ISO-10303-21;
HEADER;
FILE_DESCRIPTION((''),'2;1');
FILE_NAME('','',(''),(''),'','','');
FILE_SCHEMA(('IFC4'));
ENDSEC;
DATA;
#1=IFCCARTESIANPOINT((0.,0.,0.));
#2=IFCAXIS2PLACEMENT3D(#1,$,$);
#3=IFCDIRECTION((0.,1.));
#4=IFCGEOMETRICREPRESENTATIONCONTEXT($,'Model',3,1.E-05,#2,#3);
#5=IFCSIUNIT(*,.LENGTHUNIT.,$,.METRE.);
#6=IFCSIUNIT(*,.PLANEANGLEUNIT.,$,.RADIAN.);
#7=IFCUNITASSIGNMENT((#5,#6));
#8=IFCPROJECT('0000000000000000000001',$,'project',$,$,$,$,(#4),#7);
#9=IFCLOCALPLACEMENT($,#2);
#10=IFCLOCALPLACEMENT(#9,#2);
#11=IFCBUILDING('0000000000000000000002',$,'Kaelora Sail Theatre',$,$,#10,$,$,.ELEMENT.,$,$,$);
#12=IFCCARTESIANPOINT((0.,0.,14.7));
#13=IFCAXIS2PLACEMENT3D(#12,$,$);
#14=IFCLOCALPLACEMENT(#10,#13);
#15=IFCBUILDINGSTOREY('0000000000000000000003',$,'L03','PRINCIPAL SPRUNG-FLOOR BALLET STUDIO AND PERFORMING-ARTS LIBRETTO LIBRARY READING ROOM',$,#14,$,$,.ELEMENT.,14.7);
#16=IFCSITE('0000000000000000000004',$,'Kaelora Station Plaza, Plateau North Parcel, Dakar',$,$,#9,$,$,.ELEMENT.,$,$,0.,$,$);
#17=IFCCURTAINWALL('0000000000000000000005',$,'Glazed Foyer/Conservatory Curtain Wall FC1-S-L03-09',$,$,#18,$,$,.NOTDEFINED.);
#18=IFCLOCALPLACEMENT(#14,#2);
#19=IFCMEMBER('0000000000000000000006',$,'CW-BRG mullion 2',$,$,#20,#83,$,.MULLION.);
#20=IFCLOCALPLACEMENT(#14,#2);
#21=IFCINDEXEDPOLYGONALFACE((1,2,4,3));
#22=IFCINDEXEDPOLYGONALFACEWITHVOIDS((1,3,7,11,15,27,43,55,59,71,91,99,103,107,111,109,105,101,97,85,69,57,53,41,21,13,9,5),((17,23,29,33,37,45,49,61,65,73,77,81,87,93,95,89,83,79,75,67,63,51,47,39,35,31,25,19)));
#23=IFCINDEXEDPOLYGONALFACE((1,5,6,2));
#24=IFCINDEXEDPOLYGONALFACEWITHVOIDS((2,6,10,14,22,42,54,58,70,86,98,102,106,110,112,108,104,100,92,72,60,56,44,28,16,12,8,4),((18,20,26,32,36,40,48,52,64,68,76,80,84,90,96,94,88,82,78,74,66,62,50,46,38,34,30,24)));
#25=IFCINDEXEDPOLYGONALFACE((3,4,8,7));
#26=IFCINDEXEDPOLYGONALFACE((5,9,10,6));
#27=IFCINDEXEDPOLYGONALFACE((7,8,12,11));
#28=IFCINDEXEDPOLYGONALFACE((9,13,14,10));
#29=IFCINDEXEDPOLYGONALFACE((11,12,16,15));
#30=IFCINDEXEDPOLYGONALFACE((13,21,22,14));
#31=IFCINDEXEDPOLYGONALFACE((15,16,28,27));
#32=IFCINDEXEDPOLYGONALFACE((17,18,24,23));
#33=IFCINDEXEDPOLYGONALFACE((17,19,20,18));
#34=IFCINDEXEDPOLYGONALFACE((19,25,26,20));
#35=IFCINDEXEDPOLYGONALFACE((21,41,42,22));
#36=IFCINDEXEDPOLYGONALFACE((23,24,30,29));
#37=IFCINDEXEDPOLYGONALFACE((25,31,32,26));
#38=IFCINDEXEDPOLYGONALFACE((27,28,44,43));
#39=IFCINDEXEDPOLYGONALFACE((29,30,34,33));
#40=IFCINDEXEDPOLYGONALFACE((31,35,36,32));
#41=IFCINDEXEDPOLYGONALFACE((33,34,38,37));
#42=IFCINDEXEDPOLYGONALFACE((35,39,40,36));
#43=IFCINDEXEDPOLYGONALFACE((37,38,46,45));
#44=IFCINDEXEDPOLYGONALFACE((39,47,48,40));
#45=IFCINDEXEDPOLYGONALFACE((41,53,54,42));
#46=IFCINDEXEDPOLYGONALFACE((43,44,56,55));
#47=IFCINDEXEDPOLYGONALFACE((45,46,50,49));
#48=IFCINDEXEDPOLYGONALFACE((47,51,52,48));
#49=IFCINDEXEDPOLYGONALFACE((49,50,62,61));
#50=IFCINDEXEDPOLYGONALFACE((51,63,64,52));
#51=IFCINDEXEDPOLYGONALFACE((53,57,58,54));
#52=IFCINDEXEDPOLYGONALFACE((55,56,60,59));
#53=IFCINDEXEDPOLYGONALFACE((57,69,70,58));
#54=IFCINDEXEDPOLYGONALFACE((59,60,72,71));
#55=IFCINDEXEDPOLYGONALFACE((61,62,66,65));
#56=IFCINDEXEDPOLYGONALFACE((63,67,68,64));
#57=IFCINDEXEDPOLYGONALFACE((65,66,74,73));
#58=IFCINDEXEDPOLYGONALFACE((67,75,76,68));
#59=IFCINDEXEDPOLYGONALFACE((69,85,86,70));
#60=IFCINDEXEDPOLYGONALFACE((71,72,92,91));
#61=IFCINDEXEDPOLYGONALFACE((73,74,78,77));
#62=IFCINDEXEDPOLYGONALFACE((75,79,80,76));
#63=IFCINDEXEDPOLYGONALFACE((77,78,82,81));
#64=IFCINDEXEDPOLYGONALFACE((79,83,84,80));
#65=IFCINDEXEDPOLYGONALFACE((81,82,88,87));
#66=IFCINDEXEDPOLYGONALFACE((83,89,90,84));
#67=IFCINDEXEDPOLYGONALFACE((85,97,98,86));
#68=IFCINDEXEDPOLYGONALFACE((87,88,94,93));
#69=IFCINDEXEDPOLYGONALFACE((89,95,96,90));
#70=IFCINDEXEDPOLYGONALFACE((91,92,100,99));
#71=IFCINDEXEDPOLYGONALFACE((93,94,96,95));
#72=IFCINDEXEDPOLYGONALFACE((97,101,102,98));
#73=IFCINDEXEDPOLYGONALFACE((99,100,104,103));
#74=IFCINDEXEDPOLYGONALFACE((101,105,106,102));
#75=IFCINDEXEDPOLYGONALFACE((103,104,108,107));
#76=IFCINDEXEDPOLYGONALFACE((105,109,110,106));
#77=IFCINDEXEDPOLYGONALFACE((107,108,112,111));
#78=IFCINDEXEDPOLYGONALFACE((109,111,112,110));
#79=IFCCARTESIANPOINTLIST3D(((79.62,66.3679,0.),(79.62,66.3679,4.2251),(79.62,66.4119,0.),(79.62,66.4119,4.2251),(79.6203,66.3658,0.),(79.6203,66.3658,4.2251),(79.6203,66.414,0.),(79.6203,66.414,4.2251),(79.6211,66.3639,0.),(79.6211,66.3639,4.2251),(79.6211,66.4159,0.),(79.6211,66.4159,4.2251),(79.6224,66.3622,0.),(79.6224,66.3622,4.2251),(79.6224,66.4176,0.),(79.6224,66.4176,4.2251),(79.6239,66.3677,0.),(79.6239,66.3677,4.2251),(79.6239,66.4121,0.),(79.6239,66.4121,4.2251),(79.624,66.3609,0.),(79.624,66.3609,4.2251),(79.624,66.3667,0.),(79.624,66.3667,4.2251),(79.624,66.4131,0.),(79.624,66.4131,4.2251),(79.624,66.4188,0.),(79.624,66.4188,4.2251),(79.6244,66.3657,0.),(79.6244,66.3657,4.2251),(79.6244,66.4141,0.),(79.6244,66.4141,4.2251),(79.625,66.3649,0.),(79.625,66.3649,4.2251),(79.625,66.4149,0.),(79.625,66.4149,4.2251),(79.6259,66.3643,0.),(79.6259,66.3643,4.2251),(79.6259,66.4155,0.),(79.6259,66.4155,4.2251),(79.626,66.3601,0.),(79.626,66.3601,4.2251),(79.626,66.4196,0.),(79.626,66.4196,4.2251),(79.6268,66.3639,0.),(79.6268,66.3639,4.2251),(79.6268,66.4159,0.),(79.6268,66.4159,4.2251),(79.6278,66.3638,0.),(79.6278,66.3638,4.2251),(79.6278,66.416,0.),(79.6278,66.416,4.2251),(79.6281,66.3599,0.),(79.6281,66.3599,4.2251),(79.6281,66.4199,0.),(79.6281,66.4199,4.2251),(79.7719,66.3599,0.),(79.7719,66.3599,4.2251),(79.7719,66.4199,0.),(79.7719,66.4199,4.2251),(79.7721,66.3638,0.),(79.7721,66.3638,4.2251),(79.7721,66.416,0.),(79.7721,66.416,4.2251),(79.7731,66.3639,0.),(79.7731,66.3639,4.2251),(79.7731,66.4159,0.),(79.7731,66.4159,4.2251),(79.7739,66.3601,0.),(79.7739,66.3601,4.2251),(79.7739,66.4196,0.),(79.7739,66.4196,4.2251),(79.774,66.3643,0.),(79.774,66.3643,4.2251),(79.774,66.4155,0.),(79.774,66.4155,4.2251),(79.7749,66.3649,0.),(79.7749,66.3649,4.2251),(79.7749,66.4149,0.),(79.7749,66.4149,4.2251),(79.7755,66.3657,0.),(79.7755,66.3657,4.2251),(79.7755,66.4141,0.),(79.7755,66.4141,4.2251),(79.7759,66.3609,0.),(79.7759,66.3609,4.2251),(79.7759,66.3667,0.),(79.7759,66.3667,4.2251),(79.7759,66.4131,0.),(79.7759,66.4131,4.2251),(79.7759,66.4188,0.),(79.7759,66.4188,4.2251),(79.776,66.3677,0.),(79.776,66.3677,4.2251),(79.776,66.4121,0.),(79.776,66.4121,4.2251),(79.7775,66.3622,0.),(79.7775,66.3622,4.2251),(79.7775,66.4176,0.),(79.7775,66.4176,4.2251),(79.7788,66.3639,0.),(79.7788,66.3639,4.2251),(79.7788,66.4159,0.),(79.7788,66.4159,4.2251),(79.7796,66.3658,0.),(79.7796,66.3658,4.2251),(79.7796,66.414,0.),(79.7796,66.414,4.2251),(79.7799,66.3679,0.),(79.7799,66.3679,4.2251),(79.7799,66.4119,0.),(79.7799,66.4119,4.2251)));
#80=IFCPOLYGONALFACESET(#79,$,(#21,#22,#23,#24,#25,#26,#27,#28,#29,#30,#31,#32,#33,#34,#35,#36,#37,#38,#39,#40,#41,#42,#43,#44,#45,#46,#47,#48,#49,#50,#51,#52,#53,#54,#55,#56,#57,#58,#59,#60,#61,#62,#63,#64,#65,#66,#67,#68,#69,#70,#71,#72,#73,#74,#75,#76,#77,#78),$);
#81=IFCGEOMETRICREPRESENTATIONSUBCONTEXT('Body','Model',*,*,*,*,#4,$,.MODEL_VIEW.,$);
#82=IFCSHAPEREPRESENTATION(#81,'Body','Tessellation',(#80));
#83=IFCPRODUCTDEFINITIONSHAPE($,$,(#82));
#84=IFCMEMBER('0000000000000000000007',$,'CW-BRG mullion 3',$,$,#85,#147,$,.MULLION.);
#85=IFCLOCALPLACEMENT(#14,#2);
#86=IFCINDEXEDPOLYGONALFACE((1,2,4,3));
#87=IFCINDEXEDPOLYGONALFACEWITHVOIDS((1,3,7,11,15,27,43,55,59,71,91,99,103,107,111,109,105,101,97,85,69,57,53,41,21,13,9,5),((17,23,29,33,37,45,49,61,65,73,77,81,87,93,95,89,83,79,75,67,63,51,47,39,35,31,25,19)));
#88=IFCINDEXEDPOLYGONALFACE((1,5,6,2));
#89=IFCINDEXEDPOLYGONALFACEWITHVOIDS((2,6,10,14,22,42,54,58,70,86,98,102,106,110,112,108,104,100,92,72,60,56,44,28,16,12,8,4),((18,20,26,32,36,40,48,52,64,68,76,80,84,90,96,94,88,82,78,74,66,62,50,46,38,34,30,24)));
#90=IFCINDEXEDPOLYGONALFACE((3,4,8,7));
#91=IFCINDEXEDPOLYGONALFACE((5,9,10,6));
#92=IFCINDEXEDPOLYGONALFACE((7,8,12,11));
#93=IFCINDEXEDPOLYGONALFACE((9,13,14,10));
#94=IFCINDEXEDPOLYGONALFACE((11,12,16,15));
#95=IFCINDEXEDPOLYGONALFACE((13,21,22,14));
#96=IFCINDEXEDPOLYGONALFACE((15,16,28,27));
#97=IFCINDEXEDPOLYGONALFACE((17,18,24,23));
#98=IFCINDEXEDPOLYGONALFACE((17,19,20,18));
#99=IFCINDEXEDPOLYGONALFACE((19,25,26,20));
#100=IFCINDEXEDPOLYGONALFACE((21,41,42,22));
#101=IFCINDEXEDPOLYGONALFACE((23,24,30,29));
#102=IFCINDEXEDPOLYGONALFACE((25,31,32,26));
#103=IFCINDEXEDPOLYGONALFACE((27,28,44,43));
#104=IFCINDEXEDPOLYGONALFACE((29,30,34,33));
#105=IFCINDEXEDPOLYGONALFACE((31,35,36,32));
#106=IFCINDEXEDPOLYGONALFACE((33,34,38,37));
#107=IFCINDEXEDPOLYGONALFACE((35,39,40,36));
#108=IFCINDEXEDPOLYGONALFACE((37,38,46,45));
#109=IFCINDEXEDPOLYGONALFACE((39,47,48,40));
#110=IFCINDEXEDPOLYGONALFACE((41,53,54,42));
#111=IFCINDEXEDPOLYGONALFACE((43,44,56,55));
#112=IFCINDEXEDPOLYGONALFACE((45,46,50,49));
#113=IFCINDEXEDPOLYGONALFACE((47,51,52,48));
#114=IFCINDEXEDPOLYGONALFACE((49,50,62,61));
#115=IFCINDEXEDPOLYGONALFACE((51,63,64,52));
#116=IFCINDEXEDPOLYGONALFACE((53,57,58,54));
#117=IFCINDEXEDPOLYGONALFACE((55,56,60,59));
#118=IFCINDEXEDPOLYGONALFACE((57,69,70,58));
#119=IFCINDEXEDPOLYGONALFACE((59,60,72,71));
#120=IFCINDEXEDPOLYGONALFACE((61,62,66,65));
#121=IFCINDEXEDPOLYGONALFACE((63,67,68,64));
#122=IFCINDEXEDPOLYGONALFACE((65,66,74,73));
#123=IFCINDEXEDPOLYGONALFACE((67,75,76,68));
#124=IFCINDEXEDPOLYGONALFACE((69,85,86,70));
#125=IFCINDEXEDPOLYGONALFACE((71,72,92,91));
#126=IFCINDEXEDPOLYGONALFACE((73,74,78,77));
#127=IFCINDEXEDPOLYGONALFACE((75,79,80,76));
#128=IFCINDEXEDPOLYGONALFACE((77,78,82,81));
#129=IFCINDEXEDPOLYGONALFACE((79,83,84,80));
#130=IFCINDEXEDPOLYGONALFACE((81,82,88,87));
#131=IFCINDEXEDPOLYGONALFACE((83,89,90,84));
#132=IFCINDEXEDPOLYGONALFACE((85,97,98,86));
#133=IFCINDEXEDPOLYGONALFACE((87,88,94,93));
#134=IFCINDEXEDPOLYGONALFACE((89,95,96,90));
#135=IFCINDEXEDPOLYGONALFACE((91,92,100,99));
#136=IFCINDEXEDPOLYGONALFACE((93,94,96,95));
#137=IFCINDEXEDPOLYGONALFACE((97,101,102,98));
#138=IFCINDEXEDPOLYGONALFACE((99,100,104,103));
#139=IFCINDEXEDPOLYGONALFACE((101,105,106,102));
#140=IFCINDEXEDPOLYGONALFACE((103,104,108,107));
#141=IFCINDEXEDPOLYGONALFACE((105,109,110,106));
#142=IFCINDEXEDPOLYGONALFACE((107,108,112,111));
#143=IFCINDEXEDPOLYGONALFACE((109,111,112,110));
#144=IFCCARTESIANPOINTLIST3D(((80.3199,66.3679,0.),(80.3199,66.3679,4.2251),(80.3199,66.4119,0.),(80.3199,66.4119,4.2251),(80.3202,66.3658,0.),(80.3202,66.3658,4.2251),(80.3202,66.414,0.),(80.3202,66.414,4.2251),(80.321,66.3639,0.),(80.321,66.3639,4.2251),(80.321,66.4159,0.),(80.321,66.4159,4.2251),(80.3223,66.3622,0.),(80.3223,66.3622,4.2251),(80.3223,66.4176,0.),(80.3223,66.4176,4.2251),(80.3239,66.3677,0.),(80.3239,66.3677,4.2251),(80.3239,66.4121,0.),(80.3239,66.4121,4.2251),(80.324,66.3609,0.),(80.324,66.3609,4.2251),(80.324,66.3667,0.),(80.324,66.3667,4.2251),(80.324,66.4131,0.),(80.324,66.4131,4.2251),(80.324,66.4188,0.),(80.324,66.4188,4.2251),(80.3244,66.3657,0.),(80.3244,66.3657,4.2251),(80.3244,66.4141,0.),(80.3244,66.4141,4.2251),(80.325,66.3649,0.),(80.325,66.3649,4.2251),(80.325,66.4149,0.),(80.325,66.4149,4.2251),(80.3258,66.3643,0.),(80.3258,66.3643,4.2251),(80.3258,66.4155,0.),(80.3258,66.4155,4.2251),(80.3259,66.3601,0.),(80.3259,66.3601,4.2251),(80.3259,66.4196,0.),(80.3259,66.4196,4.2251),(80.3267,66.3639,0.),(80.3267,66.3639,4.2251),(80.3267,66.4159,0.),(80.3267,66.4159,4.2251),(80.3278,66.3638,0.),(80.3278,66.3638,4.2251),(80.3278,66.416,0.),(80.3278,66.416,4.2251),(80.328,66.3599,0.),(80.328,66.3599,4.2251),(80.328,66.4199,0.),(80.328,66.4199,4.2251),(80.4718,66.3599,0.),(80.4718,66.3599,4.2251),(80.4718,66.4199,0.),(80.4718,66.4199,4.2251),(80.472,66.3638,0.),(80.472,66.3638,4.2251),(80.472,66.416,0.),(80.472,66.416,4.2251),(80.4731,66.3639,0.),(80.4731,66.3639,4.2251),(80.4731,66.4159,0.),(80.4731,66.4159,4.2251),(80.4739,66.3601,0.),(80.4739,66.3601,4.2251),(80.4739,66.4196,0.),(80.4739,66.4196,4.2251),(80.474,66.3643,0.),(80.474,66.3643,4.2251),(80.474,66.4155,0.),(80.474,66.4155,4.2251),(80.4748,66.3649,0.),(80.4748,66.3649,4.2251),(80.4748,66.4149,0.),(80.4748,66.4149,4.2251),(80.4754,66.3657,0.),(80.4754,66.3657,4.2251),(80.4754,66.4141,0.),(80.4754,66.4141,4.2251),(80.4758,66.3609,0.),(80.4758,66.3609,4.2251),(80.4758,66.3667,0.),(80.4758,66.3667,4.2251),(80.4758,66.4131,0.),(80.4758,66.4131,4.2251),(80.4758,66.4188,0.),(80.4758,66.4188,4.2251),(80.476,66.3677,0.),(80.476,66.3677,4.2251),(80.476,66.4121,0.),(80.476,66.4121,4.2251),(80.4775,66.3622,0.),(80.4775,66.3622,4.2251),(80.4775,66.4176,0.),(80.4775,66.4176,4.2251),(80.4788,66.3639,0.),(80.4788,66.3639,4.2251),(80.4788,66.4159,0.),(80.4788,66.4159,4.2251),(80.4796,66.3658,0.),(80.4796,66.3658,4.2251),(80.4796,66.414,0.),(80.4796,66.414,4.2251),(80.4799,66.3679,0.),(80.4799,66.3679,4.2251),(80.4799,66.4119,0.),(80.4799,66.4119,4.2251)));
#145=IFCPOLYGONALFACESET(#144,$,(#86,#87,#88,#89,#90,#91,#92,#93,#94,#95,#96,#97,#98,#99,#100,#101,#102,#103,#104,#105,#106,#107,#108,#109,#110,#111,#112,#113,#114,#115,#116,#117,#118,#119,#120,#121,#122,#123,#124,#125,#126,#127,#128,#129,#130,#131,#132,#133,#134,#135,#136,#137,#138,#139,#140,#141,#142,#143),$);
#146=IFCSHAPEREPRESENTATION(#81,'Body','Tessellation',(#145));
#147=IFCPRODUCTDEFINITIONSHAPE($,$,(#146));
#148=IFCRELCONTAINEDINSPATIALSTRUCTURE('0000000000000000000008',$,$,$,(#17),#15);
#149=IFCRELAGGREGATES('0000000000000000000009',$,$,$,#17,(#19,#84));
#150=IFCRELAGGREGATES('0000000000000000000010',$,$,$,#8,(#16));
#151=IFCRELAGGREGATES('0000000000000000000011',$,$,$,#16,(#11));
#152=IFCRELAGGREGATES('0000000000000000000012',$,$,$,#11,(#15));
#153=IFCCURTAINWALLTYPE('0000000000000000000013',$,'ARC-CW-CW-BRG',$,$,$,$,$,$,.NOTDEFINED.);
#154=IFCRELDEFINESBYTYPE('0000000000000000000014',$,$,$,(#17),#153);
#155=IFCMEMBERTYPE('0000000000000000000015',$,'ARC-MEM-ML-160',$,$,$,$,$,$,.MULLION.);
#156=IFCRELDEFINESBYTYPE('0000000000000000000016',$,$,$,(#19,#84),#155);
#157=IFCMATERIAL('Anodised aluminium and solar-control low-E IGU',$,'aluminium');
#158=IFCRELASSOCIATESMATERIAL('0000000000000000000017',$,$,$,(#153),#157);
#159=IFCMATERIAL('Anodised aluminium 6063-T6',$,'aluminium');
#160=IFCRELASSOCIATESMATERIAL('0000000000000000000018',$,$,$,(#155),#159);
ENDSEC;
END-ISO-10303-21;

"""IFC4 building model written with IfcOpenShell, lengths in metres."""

from ifc_helpers import new_model, si_unit, direction, frame, origin, origin_2d, place, context, subcontext, project, spatial, hollow_rectangle, extrude, material, material_profile, profile_set, type_object, element, aggregate, save


model = new_model("IFC4")

# Units and contexts
model_context = context("Model", 3, precision=1e-05, world=origin(), true_north=direction((0.0, 1.0)))
body_context = subcontext(model_context, "Body", "Model", "MODEL_VIEW")
ifc_project = project(units=[si_unit("LENGTHUNIT", "METRE"), si_unit("PLANEANGLEUNIT", "RADIAN")], contexts=[model_context])

# Site, building, storey
site_placement = place(None, origin())
site = spatial("IfcSite", under=ifc_project, at=site_placement, Name="Kaelora Station Plaza, Plateau North Parcel, Dakar", CompositionType="ELEMENT", RefElevation=0.0)
building_placement = place(site_placement, origin())
building = spatial("IfcBuilding", under=site, at=building_placement, Name="Kaelora Sail Theatre", CompositionType="ELEMENT")
storey_placement = place(building_placement, frame((0.0, 0.0, 14.7)))
storey = spatial("IfcBuildingStorey", under=building, at=storey_placement, Name="L03", Description="PRINCIPAL SPRUNG-FLOOR BALLET STUDIO AND PERFORMING-ARTS LIBRETTO LIBRARY READING ROOM", CompositionType="ELEMENT", Elevation=14.7)

# Curtain wall, members
ifc_material_1 = material(Name="Anodised aluminium and solar-control low-E IGU", Category="aluminium")
curtain_wall_type = type_object("IfcCurtainWallType", Name="ARC-CW-CW-BRG", PredefinedType="NOTDEFINED", material=ifc_material_1)
curtain_wall_placement = place(storey_placement, origin())
curtain_wall = element("IfcCurtainWall", 1, at=curtain_wall_placement, inside=storey, type_object=curtain_wall_type, Name="Glazed Foyer/Conservatory Curtain Wall FC1-S-L03-09", PredefinedType="NOTDEFINED")
ifc_material_2 = material(Name="Anodised aluminium 6063-T6", Category="aluminium")
ifc_material_profile_1 = material_profile(ifc_material_2, hollow_rectangle(XDim=0.0601, YDim=0.1599, WallThickness=0.0039, InnerFilletRadius=0.0039, OuterFilletRadius=0.0081, at=origin_2d()), Name="ALU-MULL 60x160x4")
ifc_profile_set_1 = profile_set([ifc_material_profile_1], Name="Anodised aluminium 6063-T6")
member_type_1 = type_object("IfcMemberType", Name="ARC-MEM-ML-160", PredefinedType="MULLION", material=ifc_profile_set_1)
member_1_placement = place(storey_placement, frame((79.7, 66.3899, 0.0), z_axis=(0.0, 0.0, 1.0), x_axis=(0.0, 1.0, 0.0)))
member_1 = element("IfcMember", 2, at=member_1_placement, type_object=member_type_1, Name="CW-BRG mullion 2", PredefinedType="MULLION", context=body_context, shape_type="SweptSolid", body=[
    extrude(hollow_rectangle(XDim=0.0601, YDim=0.1599, WallThickness=0.0039, InnerFilletRadius=0.0039, OuterFilletRadius=0.0081, at=origin_2d()), origin(), (0.0, 0.0, 1.0), 4.2251),
])
member_2_placement = place(storey_placement, frame((80.3999, 66.3899, 0.0), z_axis=(0.0, 0.0, 1.0), x_axis=(0.0, 1.0, 0.0)))
member_2 = element("IfcMember", 3, at=member_2_placement, type_object=member_type_1, Name="CW-BRG mullion 3", PredefinedType="MULLION", context=body_context, shape_type="SweptSolid", body=[
    extrude(hollow_rectangle(XDim=0.0601, YDim=0.1599, WallThickness=0.0039, InnerFilletRadius=0.0039, OuterFilletRadius=0.0081, at=origin_2d()), origin(), (0.0, 0.0, 1.0), 4.2251),
])
aggregate(curtain_wall, [member_1, member_2])

save(model, "model.ifc")
